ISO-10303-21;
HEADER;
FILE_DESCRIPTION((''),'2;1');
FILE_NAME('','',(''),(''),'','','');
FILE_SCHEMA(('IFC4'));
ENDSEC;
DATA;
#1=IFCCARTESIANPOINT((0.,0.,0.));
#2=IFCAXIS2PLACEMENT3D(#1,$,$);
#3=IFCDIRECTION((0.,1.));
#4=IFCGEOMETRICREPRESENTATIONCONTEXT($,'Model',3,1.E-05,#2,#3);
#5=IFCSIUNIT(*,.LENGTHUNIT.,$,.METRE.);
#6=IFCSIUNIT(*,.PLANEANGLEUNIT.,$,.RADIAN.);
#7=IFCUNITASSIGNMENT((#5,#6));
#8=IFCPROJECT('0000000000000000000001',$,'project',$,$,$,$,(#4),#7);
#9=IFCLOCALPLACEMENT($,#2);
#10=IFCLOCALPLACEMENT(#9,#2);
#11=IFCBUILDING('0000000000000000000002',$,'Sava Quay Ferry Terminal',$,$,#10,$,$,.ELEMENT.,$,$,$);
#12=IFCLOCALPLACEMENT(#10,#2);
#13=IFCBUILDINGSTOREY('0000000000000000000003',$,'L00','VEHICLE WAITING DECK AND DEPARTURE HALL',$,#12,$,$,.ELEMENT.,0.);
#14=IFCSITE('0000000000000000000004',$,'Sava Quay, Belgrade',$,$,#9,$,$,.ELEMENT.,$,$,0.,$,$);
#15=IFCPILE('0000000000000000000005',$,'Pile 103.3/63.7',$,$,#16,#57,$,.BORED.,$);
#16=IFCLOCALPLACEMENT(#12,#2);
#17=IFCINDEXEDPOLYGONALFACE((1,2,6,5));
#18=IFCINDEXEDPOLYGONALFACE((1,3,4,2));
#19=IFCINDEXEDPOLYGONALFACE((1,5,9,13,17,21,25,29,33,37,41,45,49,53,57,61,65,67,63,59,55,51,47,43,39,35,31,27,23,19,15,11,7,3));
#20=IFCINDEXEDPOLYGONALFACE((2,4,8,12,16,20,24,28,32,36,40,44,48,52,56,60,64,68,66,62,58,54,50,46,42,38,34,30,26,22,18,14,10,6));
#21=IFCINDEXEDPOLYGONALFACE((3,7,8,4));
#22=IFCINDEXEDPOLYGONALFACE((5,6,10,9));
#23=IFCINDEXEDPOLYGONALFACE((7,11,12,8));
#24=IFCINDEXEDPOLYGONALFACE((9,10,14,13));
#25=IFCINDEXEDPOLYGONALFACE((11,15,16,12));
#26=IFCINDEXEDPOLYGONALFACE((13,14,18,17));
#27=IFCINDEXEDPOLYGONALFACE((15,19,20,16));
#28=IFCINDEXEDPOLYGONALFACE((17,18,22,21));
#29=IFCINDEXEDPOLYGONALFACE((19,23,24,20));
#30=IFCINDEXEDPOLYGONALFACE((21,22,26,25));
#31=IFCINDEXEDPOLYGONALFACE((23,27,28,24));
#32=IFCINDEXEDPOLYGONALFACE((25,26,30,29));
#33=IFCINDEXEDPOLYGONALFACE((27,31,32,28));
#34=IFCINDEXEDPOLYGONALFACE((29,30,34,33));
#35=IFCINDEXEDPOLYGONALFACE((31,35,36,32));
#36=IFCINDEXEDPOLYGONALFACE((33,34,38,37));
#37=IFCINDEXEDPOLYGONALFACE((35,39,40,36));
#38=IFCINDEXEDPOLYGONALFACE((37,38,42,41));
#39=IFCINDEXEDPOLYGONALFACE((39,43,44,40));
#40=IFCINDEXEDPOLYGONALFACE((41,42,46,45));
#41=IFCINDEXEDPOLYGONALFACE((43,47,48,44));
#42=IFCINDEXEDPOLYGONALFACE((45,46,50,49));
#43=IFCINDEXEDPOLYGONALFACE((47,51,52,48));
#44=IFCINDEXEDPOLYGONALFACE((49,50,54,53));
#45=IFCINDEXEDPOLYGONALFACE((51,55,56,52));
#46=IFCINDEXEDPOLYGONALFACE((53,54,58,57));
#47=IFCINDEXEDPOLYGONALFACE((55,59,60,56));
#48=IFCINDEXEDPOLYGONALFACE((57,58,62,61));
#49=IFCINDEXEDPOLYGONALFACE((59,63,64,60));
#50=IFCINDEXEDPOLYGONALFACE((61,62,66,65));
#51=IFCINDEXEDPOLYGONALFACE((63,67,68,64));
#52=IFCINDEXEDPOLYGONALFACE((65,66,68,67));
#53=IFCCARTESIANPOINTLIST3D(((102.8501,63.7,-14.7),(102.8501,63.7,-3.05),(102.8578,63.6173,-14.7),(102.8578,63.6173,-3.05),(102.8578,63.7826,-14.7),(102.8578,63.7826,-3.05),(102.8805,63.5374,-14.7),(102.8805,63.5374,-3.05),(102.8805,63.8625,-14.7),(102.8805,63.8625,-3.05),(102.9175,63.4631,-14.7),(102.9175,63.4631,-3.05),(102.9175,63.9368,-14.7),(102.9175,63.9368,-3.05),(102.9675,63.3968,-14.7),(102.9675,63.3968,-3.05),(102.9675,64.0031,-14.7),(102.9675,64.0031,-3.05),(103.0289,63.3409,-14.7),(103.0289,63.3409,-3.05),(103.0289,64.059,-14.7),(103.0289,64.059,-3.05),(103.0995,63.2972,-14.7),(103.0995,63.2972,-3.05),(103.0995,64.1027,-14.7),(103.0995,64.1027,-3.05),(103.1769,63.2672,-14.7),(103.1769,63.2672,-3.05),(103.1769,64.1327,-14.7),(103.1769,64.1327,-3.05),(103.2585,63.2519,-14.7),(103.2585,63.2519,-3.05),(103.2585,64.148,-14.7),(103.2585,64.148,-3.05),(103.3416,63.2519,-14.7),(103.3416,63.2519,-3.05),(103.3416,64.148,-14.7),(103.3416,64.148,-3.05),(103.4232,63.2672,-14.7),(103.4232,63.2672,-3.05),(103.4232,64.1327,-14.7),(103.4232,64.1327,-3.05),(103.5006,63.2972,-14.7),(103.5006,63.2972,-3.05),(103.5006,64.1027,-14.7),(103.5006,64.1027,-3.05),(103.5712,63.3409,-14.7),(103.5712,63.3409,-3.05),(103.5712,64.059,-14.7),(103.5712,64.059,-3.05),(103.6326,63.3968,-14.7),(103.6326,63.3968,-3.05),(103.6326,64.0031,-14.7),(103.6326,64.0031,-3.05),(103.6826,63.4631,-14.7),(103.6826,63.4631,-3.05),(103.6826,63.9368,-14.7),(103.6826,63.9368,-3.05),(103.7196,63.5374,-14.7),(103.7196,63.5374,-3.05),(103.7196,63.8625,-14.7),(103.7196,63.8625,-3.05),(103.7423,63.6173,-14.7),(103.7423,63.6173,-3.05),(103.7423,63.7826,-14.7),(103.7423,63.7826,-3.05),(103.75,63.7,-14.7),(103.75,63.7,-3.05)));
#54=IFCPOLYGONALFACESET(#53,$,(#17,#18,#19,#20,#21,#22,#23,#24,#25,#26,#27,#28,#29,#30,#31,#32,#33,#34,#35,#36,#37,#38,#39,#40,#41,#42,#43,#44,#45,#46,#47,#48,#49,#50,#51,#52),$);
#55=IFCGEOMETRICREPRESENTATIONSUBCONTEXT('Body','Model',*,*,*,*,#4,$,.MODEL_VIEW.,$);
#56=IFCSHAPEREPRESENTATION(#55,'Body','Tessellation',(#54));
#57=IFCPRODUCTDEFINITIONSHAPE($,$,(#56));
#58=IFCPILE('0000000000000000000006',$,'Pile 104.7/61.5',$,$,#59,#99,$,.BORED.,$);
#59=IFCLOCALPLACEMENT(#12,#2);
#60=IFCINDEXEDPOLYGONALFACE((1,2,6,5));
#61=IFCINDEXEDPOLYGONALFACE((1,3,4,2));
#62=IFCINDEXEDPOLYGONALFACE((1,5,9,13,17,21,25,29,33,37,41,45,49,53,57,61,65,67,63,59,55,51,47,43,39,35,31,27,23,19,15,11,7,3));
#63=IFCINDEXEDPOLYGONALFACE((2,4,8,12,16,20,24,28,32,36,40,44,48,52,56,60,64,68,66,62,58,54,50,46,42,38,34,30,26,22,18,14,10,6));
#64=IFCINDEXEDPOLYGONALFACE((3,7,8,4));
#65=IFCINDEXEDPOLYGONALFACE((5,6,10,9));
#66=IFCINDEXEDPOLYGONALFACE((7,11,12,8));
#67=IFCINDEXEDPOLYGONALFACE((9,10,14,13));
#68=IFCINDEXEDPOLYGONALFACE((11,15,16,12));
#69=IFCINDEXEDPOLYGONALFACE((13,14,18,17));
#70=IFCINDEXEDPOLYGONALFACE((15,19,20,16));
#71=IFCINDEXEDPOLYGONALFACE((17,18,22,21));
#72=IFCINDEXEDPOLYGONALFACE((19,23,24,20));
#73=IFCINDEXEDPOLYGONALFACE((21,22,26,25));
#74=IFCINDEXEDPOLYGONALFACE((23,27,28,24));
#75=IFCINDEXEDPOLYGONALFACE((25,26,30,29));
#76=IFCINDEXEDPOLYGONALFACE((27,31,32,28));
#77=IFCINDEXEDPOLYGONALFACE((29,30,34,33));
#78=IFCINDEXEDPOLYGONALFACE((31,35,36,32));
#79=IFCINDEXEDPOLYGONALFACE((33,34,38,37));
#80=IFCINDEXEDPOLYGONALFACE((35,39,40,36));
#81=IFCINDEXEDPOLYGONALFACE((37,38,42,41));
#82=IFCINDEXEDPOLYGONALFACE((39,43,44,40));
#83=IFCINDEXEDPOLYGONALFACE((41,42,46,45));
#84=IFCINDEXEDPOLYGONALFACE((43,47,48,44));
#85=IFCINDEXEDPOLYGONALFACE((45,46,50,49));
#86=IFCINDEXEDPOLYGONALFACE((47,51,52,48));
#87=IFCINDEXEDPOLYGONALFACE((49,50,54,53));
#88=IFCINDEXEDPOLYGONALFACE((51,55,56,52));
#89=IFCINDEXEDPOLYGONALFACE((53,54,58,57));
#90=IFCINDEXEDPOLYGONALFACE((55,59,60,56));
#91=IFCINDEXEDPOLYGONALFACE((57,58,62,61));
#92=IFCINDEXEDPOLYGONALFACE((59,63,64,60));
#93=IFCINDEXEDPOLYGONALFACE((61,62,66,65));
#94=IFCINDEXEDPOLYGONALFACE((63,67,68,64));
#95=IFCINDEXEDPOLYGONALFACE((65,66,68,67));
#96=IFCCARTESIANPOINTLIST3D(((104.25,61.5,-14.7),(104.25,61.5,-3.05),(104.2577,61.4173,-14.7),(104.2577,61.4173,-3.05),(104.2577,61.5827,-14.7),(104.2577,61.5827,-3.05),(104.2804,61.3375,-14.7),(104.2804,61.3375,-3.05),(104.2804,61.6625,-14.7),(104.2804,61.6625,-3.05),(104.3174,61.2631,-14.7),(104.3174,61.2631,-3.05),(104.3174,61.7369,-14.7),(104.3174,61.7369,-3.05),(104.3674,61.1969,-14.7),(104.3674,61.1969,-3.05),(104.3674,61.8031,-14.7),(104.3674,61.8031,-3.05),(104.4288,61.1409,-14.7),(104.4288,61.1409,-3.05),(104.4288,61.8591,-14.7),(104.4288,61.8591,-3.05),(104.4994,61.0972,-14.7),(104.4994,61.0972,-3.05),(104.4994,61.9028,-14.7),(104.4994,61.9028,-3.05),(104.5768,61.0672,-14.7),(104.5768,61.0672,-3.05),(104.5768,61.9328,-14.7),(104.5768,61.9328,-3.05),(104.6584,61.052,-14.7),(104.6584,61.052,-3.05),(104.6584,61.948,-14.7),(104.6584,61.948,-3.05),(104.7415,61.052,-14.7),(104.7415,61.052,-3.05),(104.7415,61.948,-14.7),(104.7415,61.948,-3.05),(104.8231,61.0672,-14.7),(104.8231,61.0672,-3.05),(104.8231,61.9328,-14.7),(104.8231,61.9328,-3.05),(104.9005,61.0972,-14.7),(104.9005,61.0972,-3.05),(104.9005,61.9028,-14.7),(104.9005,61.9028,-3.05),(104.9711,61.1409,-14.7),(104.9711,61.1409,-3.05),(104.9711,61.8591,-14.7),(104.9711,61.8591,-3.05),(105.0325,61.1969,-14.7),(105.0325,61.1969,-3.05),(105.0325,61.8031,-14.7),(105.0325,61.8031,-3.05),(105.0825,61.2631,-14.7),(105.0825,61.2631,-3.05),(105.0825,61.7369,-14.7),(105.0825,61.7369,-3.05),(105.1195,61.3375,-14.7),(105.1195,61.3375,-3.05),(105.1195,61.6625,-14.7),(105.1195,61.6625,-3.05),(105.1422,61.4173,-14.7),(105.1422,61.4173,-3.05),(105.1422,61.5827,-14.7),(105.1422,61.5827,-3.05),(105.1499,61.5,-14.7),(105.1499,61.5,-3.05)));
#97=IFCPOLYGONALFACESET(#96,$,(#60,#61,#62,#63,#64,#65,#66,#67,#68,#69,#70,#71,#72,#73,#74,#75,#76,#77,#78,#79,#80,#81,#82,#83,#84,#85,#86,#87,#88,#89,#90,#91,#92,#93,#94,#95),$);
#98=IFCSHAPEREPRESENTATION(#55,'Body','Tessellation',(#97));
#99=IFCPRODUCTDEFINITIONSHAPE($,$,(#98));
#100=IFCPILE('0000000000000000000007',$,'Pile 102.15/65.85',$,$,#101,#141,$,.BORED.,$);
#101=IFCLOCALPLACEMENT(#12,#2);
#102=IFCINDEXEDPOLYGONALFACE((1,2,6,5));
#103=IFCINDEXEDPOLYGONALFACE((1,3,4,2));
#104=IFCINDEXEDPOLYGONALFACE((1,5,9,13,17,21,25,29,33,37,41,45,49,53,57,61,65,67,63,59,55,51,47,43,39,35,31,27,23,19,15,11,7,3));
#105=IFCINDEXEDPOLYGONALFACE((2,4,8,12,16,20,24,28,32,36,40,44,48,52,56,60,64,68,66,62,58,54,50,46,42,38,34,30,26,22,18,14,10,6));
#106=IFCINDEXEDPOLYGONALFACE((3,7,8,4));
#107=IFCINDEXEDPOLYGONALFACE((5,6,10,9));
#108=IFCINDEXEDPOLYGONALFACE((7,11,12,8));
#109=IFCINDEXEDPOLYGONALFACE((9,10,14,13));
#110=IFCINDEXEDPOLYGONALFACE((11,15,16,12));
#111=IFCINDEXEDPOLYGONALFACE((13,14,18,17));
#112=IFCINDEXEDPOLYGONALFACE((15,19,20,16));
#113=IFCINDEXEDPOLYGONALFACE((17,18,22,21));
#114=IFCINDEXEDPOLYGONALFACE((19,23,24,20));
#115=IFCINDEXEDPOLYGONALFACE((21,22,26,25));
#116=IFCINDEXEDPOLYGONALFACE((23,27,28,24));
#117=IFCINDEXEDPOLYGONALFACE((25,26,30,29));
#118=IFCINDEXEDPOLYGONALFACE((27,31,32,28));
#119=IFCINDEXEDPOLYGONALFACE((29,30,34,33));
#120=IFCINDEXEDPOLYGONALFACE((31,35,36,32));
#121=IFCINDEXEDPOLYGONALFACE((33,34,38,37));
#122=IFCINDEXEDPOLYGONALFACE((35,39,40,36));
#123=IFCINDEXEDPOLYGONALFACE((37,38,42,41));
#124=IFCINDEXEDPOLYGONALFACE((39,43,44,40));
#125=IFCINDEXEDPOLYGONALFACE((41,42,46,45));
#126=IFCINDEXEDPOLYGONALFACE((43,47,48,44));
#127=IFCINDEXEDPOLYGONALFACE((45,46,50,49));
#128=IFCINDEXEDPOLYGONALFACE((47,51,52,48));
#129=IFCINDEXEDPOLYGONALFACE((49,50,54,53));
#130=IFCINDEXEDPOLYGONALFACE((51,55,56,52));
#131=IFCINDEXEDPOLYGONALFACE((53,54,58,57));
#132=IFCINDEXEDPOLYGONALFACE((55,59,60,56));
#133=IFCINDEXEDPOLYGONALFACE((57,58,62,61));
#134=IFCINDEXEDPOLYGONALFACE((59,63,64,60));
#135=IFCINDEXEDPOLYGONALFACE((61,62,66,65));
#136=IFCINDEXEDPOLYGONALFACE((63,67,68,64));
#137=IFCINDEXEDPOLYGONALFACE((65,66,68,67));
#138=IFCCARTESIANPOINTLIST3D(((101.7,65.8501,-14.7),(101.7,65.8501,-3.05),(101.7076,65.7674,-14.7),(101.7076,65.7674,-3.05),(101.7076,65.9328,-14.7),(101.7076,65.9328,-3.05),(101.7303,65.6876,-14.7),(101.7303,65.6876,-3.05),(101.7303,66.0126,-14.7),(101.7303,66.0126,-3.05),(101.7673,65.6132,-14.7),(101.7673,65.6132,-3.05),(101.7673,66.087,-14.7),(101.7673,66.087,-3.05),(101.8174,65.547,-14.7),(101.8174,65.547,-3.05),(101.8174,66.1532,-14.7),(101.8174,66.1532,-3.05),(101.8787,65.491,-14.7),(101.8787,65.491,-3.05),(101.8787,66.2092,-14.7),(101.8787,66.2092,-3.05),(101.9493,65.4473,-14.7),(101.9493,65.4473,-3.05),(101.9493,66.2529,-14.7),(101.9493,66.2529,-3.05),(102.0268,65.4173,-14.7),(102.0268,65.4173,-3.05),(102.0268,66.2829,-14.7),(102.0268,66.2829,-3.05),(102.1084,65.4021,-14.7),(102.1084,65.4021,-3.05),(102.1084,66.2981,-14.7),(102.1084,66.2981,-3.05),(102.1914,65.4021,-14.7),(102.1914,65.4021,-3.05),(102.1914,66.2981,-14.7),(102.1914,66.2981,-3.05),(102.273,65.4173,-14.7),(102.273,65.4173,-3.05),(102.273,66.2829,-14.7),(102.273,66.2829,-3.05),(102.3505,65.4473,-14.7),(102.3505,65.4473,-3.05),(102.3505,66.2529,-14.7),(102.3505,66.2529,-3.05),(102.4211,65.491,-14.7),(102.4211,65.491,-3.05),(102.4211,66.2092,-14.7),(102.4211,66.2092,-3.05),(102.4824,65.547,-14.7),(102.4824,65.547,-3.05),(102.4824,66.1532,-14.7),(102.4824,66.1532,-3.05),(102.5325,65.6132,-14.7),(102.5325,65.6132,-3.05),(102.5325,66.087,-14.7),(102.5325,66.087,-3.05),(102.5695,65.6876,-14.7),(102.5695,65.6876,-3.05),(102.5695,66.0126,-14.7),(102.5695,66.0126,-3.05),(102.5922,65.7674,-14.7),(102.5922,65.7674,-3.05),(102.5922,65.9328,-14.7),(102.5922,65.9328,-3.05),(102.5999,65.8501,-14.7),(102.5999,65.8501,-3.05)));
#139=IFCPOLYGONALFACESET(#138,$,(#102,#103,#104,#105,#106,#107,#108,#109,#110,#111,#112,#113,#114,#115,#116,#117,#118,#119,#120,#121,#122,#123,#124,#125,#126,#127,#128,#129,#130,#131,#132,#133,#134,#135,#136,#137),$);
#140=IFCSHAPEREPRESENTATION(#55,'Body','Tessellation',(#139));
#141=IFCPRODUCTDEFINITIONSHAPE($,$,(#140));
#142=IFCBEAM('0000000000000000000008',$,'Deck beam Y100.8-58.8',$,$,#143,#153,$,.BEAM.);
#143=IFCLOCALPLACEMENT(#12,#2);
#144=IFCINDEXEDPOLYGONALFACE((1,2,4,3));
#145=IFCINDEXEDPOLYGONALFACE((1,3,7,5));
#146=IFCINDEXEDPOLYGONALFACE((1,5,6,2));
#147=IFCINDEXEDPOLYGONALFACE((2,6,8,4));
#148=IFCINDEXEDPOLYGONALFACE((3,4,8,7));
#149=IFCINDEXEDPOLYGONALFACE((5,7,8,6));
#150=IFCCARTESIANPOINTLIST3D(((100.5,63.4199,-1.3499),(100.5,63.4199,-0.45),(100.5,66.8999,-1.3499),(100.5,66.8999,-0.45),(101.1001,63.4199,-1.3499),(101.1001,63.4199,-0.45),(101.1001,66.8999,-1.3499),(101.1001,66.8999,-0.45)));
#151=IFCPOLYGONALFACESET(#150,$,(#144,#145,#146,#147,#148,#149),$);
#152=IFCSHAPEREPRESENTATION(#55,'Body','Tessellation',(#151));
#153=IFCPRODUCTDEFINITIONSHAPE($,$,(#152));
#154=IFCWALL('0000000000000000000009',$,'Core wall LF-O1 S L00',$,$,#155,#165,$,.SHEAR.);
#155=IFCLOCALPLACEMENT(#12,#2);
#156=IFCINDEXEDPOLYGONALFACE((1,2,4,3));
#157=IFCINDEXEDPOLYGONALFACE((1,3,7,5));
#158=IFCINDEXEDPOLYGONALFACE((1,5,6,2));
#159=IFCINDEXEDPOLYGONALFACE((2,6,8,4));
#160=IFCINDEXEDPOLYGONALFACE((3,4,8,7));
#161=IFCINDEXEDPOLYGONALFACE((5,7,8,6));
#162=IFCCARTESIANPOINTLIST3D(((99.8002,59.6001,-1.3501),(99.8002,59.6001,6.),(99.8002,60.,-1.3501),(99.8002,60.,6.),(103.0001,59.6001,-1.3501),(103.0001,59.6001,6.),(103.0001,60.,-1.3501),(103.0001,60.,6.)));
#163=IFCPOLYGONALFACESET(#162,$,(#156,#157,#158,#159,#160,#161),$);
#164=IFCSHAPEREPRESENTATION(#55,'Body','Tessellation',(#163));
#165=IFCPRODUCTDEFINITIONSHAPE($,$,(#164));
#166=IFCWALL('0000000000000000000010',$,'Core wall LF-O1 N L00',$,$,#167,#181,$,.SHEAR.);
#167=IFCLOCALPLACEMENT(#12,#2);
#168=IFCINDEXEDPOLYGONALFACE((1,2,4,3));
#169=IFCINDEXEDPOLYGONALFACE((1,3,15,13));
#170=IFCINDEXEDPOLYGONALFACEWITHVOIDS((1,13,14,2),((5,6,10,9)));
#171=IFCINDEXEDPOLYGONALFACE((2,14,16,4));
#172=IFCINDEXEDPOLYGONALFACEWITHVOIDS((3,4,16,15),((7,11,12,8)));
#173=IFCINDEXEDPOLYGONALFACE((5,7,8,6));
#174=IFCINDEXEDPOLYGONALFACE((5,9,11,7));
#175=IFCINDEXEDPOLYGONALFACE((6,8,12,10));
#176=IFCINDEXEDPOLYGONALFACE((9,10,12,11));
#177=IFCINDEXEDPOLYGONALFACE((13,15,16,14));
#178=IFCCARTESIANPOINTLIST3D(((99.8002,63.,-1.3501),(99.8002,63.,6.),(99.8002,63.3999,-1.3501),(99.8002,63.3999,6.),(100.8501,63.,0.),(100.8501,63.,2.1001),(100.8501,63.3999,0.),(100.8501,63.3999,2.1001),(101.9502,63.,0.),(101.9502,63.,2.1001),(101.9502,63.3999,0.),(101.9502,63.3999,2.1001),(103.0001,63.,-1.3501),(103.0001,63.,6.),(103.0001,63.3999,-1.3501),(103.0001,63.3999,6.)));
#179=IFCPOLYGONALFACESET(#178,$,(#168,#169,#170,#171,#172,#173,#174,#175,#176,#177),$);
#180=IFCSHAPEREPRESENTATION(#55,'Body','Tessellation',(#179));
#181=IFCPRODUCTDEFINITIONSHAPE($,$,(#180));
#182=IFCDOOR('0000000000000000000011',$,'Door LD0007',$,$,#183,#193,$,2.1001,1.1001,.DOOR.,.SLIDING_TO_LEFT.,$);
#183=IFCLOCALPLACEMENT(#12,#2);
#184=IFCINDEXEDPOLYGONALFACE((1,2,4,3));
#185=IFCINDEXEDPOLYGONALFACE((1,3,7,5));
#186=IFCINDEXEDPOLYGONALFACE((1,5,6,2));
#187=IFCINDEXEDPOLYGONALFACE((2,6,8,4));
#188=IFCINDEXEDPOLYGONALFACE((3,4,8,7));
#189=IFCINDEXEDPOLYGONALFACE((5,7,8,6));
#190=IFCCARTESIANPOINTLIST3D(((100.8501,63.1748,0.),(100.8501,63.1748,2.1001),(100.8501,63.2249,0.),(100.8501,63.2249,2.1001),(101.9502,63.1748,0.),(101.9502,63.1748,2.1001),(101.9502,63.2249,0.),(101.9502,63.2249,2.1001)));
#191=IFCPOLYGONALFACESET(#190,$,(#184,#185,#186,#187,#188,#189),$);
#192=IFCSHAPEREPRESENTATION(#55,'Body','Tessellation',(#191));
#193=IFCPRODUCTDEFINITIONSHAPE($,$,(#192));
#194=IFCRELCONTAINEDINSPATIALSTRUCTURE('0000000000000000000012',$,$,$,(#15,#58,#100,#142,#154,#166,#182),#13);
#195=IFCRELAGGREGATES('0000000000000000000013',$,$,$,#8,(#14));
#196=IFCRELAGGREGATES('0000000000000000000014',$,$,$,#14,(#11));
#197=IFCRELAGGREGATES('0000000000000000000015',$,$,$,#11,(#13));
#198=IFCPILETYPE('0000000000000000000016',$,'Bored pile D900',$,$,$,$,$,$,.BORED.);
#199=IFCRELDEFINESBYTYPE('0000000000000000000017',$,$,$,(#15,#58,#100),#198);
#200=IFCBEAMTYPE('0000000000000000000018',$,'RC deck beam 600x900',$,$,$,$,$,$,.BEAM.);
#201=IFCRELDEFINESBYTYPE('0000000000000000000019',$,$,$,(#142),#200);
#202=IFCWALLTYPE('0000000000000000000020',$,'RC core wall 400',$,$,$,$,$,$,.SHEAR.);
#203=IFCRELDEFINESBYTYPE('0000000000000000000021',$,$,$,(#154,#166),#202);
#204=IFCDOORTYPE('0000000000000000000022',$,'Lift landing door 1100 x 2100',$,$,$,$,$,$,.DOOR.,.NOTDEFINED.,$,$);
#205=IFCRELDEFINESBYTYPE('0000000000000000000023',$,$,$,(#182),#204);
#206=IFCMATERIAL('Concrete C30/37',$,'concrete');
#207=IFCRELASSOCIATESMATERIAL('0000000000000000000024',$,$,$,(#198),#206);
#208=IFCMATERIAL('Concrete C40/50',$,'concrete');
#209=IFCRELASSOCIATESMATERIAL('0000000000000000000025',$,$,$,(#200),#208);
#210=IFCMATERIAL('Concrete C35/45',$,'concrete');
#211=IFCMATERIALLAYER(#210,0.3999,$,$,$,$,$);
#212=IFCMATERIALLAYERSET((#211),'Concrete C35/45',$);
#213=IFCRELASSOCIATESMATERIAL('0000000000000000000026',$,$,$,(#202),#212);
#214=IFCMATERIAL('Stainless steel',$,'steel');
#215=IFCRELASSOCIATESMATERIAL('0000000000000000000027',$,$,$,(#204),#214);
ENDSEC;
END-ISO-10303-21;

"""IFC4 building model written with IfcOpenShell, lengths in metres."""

from ifc_helpers import new_model, si_unit, direction, frame, frame_2d, origin, origin_2d, place, context, subcontext, project, spatial, rectangle, circle, extrude, material, layer, layer_set, material_profile, profile_set, type_object, element, fill, save


model = new_model("IFC4")

# Units and contexts
model_context = context("Model", 3, precision=1e-05, world=origin(), true_north=direction((0.0, 1.0)))
body_context = subcontext(model_context, "Body", "Model", "MODEL_VIEW")
ifc_project = project(units=[si_unit("LENGTHUNIT", "METRE"), si_unit("PLANEANGLEUNIT", "RADIAN")], contexts=[model_context])

# Site, building, storey
site_placement = place(None, origin())
site = spatial("IfcSite", under=ifc_project, at=site_placement, Name="Sava Quay, Belgrade", CompositionType="ELEMENT", RefElevation=0.0)
building_placement = place(site_placement, origin())
building = spatial("IfcBuilding", under=site, at=building_placement, Name="Sava Quay Ferry Terminal", CompositionType="ELEMENT")
storey_placement = place(building_placement, origin())
storey = spatial("IfcBuildingStorey", under=building, at=storey_placement, Name="L00", Description="VEHICLE WAITING DECK AND DEPARTURE HALL", CompositionType="ELEMENT", Elevation=0.0)

# Piles
ifc_material_1 = material(Name="Concrete C30/37", Category="concrete")
ifc_material_profile_1 = material_profile(ifc_material_1, circle(Radius=0.45, at=origin_2d()), Name="Bored pile D900")
ifc_profile_set_1 = profile_set([ifc_material_profile_1], Name="Concrete C30/37")
pile_type = type_object("IfcPileType", Name="Bored pile D900", PredefinedType="BORED", material=ifc_profile_set_1)
for number, where, z_axis, x_axis, name in (
    (1, (103.3, 63.7, -3.05), (0.0, 0.0, -1.0), (1.0, 0.0, 0.0), "Pile 103.3/63.7"),
    (2, (104.7, 61.5, -3.05), (0.0, 0.0, -1.0), (1.0, 0.0, 0.0), "Pile 104.7/61.5"),
    (3, (102.1499, 65.8501, -3.05), (0.0, 0.0, -1.0), (1.0, 0.0, 0.0), "Pile 102.15/65.85"),
):
    element("IfcPile", number, at=place(storey_placement, frame(where, z_axis=z_axis, x_axis=x_axis)), inside=storey, type_object=pile_type, Name=name, PredefinedType="BORED", context=body_context, shape_type="SweptSolid", body=[
        extrude(circle(Radius=0.45, at=origin_2d()), origin(), (0.0, 0.0, 1.0), 11.6499),
    ])

# Beam
ifc_material_2 = material(Name="Concrete C40/50", Category="concrete")
ifc_material_profile_2 = material_profile(ifc_material_2, rectangle(XDim=0.6001, YDim=0.8999, at=origin_2d()), Name="RC 600x900")
ifc_profile_set_2 = profile_set([ifc_material_profile_2], Name="Concrete C40/50")
beam_type = type_object("IfcBeamType", Name="RC deck beam 600x900", PredefinedType="BEAM", material=ifc_profile_set_2)
beam_placement = place(storey_placement, frame((100.8, 63.4199, -0.8999), z_axis=(0.0, 1.0, 0.0), x_axis=(-1.0, 0.0, 0.0)))
element("IfcBeam", 4, at=beam_placement, inside=storey, type_object=beam_type, Name="Deck beam Y100.8-58.8", PredefinedType="BEAM", context=body_context, shape_type="SweptSolid", body=[
    extrude(rectangle(XDim=0.6001, YDim=0.8999, at=origin_2d()), origin(), (0.0, 0.0, 1.0), 3.48),
])

# Wall
ifc_material_3 = material(Name="Concrete C35/45", Category="concrete")
ifc_layer = layer(ifc_material_3, 0.3999)
ifc_layer_set = layer_set([ifc_layer], Name="Concrete C35/45")
wall_type = type_object("IfcWallType", Name="RC core wall 400", PredefinedType="SHEAR", material=ifc_layer_set)
wall_1_placement = place(storey_placement, frame((99.8, 59.8, -1.3501), z_axis=(0.0, 0.0, 1.0), x_axis=(1.0, 0.0, 0.0)))
element("IfcWall", 5, at=wall_1_placement, inside=storey, type_object=wall_type, Name="Core wall LF-O1 S L00", PredefinedType="SHEAR", context=body_context, shape_type="SweptSolid", body=[
    extrude(rectangle(XDim=3.2, YDim=0.3999, at=frame_2d((1.6001, 0.0))), origin(), (0.0, 0.0, 1.0), 7.3501),
])

# Wall, opening, door
wall_2_placement = place(storey_placement, frame((99.8, 63.2, -1.3501), z_axis=(0.0, 0.0, 1.0), x_axis=(1.0, 0.0, 0.0)))
wall_2 = element("IfcWall", 6, at=wall_2_placement, inside=storey, type_object=wall_type, Name="Core wall LF-O1 N L00", PredefinedType="SHEAR", context=body_context, shape_type="SweptSolid", body=[
    extrude(rectangle(XDim=3.2, YDim=0.3999, at=frame_2d((1.6001, 0.0))), origin(), (0.0, 0.0, 1.0), 7.3501),
])
opening_placement = place(wall_2_placement, frame((1.05, 0.0, 1.3501)))
opening = element("IfcOpeningElement", 7, at=opening_placement, cuts=wall_2, PredefinedType="OPENING", context=body_context, shape_type="SweptSolid", body=[
    extrude(rectangle(XDim=1.1001, YDim=2.1001, at=frame_2d((0.55, 1.05))), frame((0.0, 0.2, 0.0), z_axis=(0.0, -1.0, 0.0), x_axis=(1.0, 0.0, 0.0)), (0.0, 0.0, 1.0), 0.3999),
])
ifc_material_4 = material(Name="Stainless steel", Category="steel")
door_type = type_object("IfcDoorType", Name="Lift landing door 1100 x 2100", OperationType="NOTDEFINED", PredefinedType="DOOR", material=ifc_material_4)
door_placement = place(opening_placement, origin())
door = element("IfcDoor", 8, at=door_placement, inside=storey, type_object=door_type, Name="Door LD0007", OperationType="SLIDING_TO_LEFT", OverallHeight=2.1001, OverallWidth=1.1001, PredefinedType="DOOR", context=body_context, shape_type="SweptSolid", body=[
    extrude(rectangle(XDim=1.1001, YDim=2.1001, at=frame_2d((0.55, 1.05))), frame((0.0, 0.0249, 0.0), z_axis=(0.0, -1.0, 0.0), x_axis=(1.0, 0.0, 0.0)), (0.0, 0.0, 1.0), 0.05),
])
fill(opening, door)

save(model, "model.ifc")
